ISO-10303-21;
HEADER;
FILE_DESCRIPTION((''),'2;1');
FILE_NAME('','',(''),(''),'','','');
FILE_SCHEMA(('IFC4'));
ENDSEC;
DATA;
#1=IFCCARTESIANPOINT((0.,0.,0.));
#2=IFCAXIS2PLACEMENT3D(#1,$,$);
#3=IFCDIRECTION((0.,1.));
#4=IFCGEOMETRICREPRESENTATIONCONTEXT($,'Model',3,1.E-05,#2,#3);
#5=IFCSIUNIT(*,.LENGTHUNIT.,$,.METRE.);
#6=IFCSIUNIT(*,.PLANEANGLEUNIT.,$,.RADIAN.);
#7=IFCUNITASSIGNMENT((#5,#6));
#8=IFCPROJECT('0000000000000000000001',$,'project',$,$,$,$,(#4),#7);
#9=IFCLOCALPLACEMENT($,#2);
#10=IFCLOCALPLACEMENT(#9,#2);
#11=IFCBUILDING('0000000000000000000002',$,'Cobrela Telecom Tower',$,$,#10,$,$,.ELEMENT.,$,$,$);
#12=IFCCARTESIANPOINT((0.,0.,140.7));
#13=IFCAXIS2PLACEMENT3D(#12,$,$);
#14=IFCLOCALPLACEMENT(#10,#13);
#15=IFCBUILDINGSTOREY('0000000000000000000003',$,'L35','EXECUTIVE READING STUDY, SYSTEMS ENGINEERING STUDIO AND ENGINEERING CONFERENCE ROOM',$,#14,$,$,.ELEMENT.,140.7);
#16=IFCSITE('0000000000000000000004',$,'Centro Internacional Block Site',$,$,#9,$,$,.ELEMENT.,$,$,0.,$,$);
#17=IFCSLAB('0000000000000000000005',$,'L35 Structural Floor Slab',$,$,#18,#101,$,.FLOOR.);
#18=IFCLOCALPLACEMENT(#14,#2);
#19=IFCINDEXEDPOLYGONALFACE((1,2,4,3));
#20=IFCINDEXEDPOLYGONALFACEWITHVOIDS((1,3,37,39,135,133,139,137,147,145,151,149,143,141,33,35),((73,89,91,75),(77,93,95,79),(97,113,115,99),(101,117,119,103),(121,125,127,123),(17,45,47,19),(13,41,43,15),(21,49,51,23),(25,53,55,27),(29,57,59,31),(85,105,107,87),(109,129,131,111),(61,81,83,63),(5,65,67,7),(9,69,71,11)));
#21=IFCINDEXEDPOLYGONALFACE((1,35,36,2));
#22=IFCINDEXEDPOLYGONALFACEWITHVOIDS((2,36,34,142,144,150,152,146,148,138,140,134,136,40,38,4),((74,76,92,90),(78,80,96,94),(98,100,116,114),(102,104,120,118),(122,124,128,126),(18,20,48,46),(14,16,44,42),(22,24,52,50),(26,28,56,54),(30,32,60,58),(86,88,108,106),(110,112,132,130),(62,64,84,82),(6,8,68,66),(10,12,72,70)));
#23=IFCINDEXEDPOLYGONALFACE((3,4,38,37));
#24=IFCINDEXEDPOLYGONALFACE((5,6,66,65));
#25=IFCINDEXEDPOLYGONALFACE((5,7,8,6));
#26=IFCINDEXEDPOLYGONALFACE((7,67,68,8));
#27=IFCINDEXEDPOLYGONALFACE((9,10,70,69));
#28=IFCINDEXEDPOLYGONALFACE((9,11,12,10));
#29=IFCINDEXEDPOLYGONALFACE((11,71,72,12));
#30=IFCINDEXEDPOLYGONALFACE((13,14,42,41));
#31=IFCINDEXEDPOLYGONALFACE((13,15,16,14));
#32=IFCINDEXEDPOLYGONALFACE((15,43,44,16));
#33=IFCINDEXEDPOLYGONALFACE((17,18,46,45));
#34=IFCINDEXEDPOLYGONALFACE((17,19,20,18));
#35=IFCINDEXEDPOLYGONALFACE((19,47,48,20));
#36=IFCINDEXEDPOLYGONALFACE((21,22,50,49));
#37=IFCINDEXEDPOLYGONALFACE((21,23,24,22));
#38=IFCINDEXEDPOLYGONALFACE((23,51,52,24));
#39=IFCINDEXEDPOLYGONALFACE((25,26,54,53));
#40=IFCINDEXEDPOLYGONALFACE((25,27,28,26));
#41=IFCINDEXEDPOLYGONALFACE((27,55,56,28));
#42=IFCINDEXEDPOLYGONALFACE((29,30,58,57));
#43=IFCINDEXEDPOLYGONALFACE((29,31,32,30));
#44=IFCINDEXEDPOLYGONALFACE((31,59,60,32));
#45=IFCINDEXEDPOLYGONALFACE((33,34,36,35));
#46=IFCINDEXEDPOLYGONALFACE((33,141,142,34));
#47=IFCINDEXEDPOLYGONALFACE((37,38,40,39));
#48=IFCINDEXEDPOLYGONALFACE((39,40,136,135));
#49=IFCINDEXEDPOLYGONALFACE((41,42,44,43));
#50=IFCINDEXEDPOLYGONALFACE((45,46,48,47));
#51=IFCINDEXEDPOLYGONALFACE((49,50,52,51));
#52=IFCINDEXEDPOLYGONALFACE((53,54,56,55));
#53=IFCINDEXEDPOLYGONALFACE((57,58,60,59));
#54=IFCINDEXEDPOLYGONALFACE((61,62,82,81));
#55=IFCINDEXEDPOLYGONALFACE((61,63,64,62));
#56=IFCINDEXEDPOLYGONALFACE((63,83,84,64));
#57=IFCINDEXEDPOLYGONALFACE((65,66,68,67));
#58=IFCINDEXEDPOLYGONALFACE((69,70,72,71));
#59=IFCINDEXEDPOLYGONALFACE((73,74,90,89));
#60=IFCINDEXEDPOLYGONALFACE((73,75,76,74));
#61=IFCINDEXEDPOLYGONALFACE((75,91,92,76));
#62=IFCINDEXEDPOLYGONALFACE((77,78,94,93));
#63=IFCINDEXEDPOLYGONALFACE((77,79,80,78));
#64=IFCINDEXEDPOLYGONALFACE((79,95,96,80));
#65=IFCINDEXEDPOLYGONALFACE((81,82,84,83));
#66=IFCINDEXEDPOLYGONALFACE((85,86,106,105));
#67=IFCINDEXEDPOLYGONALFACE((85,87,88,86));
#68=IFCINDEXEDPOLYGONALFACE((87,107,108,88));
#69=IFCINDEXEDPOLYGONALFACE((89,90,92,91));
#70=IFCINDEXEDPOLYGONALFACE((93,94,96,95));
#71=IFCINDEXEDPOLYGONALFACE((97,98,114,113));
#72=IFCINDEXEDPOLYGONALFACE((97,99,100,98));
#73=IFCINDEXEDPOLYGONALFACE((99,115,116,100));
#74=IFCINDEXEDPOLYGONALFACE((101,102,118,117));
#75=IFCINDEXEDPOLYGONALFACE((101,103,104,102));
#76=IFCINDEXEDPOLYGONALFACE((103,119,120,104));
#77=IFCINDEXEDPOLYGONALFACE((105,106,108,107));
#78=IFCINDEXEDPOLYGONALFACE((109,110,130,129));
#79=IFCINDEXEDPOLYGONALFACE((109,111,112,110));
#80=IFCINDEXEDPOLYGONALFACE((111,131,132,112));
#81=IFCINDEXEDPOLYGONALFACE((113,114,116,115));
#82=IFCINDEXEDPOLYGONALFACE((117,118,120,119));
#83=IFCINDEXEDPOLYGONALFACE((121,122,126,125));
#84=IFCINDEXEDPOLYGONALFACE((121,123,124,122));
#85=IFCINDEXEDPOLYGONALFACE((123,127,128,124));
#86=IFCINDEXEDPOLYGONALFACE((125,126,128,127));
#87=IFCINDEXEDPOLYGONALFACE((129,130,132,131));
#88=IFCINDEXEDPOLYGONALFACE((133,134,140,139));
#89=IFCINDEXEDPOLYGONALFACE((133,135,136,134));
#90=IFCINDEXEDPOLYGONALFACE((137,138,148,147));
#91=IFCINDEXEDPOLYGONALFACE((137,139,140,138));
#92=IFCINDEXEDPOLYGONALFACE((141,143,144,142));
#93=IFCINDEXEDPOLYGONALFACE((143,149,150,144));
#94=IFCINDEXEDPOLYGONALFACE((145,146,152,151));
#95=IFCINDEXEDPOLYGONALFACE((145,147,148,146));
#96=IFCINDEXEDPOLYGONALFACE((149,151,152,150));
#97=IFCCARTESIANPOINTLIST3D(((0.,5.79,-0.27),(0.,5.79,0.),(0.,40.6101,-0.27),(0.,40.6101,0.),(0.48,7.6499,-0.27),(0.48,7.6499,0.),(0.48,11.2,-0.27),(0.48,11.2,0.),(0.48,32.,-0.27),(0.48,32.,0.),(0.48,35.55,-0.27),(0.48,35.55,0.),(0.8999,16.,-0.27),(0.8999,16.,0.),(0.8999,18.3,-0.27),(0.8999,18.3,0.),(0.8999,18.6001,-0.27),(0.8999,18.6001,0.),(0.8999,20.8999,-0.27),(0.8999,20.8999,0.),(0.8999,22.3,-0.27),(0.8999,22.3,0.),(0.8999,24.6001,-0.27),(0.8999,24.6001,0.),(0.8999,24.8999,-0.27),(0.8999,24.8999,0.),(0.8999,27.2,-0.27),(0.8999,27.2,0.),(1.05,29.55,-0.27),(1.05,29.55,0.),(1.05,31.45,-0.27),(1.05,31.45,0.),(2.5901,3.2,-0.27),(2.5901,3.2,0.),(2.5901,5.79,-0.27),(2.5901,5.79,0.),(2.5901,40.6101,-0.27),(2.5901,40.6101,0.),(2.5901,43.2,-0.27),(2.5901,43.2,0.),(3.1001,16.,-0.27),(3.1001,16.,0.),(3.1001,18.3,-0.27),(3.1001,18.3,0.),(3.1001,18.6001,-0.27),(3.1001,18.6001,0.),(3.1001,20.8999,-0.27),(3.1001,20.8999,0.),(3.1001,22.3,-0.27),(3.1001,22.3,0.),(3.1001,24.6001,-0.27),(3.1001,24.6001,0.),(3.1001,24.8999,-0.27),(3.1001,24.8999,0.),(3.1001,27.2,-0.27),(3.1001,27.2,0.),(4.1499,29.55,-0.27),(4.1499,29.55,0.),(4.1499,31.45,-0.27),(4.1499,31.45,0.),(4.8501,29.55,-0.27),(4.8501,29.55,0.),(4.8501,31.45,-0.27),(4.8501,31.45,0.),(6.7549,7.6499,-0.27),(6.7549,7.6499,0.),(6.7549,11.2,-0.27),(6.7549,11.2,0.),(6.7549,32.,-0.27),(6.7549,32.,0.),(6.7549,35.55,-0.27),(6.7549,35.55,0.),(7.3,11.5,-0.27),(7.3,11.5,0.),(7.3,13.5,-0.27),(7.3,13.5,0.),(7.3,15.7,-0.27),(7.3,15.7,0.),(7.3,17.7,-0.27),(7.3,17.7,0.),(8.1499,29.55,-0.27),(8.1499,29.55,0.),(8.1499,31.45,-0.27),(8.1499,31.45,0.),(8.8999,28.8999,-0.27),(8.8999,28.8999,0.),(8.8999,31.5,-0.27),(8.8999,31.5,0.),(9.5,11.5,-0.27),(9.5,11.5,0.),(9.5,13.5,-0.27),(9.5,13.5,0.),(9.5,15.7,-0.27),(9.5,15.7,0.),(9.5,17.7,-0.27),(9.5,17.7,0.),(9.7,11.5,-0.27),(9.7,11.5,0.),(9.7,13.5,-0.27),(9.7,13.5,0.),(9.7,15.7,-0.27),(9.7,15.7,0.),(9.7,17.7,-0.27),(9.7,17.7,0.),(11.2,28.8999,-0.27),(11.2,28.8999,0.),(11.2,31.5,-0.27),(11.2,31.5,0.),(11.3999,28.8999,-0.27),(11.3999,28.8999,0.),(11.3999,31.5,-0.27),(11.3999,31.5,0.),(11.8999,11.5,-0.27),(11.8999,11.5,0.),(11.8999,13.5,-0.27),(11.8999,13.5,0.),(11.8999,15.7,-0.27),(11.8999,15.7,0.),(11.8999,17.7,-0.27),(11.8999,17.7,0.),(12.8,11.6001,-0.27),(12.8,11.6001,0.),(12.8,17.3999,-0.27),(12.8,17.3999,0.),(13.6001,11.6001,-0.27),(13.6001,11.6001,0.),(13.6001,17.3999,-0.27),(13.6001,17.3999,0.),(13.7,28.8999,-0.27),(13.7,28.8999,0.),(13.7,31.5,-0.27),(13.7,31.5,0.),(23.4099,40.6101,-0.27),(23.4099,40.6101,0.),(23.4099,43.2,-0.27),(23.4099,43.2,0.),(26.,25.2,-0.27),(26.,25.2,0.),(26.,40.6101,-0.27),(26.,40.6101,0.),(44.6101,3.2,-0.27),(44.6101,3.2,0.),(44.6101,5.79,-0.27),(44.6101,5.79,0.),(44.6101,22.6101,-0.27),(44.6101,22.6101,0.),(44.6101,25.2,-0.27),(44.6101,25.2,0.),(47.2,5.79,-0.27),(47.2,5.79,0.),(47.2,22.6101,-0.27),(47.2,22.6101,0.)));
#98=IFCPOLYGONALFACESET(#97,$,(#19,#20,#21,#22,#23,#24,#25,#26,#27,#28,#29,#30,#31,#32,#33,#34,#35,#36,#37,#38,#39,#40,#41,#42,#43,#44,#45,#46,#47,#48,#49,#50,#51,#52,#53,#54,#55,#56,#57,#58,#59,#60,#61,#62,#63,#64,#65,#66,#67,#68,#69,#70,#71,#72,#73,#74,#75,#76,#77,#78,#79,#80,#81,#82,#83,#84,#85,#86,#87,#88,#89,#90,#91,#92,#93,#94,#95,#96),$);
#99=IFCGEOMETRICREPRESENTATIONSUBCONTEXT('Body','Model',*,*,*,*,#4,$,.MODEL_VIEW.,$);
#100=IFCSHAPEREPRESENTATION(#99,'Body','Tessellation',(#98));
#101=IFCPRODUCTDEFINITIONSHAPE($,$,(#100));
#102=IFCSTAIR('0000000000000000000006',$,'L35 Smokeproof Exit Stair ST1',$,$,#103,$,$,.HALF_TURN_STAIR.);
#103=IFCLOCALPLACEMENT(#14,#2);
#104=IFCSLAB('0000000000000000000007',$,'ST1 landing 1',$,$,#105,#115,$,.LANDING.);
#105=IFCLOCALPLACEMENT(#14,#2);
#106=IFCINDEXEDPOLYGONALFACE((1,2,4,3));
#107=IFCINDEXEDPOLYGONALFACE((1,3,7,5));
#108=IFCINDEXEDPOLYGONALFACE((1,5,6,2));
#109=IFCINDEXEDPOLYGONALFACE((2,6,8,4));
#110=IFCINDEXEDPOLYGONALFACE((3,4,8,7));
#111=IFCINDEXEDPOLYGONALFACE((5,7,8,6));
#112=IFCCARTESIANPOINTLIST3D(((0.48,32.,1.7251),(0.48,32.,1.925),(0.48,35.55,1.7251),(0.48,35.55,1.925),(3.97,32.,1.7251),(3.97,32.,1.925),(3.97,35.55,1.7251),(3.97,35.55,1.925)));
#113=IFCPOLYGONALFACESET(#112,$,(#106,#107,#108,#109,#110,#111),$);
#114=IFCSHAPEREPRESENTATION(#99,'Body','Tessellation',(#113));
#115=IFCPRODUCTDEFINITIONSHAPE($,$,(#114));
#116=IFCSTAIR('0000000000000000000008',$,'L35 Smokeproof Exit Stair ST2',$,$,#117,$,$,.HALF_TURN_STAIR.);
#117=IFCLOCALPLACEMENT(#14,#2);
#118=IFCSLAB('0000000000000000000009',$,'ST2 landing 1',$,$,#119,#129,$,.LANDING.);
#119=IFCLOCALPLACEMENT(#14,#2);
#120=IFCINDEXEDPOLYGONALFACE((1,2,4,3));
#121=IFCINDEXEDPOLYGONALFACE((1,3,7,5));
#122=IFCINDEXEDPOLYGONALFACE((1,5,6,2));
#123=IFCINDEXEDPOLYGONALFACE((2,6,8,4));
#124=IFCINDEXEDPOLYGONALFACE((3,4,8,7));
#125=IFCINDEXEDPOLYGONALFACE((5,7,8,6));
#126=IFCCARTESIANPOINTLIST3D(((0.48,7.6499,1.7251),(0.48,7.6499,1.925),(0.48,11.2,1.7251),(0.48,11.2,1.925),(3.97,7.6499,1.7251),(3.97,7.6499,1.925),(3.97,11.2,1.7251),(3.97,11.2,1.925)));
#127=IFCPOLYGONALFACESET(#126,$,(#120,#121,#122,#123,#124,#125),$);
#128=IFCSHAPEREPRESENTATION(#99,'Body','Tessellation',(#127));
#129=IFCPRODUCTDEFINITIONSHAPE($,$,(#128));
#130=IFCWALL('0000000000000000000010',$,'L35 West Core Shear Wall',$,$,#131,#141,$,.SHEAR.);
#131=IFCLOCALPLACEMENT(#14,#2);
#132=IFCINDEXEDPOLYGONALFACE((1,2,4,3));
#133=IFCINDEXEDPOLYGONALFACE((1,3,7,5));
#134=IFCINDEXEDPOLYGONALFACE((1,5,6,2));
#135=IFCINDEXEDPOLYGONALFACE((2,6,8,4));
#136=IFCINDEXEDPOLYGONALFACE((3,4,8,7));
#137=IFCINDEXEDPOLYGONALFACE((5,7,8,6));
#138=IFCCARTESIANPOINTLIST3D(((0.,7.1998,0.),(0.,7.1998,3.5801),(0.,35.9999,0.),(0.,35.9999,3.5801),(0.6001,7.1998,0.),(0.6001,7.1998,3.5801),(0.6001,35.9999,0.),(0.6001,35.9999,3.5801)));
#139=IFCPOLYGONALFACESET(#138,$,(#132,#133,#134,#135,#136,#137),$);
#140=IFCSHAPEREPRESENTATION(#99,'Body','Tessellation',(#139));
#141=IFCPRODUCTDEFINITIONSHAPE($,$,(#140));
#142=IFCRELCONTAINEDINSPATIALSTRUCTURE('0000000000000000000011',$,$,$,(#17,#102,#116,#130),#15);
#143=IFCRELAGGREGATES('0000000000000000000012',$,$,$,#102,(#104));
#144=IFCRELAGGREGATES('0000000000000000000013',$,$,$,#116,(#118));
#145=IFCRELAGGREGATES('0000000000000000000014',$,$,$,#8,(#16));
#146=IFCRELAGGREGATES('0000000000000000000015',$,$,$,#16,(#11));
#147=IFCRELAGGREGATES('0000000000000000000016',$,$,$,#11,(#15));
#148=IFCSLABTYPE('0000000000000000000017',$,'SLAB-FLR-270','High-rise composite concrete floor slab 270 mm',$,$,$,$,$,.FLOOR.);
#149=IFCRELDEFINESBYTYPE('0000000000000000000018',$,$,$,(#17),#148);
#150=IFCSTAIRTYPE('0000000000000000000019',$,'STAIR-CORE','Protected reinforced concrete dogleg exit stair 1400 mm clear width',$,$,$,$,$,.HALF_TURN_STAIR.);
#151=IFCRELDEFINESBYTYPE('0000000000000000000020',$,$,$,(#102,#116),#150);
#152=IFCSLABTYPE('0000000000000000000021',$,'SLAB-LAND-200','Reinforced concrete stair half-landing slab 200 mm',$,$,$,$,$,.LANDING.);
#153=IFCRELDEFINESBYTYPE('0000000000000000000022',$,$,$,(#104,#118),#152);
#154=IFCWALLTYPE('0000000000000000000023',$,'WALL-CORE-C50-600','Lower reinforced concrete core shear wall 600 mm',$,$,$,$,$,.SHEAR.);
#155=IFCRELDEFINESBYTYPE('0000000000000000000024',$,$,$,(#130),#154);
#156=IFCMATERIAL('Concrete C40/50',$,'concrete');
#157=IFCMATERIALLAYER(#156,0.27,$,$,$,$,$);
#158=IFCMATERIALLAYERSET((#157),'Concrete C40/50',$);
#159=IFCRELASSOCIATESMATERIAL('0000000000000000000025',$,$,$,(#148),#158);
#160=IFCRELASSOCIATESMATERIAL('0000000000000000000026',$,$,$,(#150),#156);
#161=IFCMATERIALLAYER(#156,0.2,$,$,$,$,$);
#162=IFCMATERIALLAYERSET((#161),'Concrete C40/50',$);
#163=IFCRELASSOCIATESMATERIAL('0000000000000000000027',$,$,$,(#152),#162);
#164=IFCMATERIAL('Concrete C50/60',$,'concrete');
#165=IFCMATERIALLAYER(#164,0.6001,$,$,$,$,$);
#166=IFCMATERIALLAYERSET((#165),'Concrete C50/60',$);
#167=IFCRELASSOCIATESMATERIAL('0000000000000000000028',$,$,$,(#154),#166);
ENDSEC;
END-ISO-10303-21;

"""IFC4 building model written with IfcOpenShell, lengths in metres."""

from ifc_helpers import new_model, si_unit, direction, frame, frame_2d, origin, place, context, subcontext, project, spatial, polyline, rectangle, outline, extrude, material, layer, layer_set, type_object, element, aggregate, save


model = new_model("IFC4")

# Units and contexts
model_context = context("Model", 3, precision=1e-05, world=origin(), true_north=direction((0.0, 1.0)))
body_context = subcontext(model_context, "Body", "Model", "MODEL_VIEW")
ifc_project = project(units=[si_unit("LENGTHUNIT", "METRE"), si_unit("PLANEANGLEUNIT", "RADIAN")], contexts=[model_context])

# Site, building, storey
site_placement = place(None, origin())
site = spatial("IfcSite", under=ifc_project, at=site_placement, Name="Centro Internacional Block Site", CompositionType="ELEMENT", RefElevation=0.0)
building_placement = place(site_placement, origin())
building = spatial("IfcBuilding", under=site, at=building_placement, Name="Cobrela Telecom Tower", CompositionType="ELEMENT")
storey_placement = place(building_placement, frame((0.0, 0.0, 140.7)))
storey = spatial("IfcBuildingStorey", under=building, at=storey_placement, Name="L35", Description="EXECUTIVE READING STUDY, SYSTEMS ENGINEERING STUDIO AND ENGINEERING CONFERENCE ROOM", CompositionType="ELEMENT", Elevation=140.7)

# Slab, openings
ifc_material_1 = material(Name="Concrete C40/50", Category="concrete")
ifc_layer_1 = layer(ifc_material_1, 0.27)
ifc_layer_set_1 = layer_set([ifc_layer_1], Name="Concrete C40/50")
slab_type_1 = type_object("IfcSlabType", Name="SLAB-FLR-270", Description="High-rise composite concrete floor slab 270 mm", PredefinedType="FLOOR", material=ifc_layer_set_1)
slab_1_placement = place(storey_placement, frame((0.0, 0.0, -0.27)))
slab_1 = element("IfcSlab", 1, at=slab_1_placement, inside=storey, type_object=slab_type_1, Name="L35 Structural Floor Slab", PredefinedType="FLOOR", context=body_context, shape_type="SweptSolid", body=[
    extrude(outline(polyline([(2.5901, 3.2), (44.6101, 3.2), (44.6101, 5.79), (47.2, 5.79), (47.2, 22.6101), (44.6101, 22.6101), (44.6101, 25.2), (26.0, 25.2), (26.0, 40.6101), (23.4099, 40.6101), (23.4099, 43.2), (2.5901, 43.2), (2.5901, 40.6101), (0.0, 40.6101), (0.0, 5.79), (2.5901, 5.79), (2.5901, 3.2)])), origin(), (0.0, 0.0, 1.0), 0.27),
])
opening_1_placement = place(slab_1_placement, frame((0.0, 0.0, -0.02)))
element("IfcOpeningElement", 2, at=opening_1_placement, cuts=slab_1, PredefinedType="OPENING", context=body_context, shape_type="SweptSolid", body=[
    extrude(outline(polyline([(8.8999, 28.8999), (11.2, 28.8999), (11.2, 31.5), (8.8999, 31.5), (8.8999, 28.8999)])), origin(), (0.0, 0.0, 1.0), 0.3101),
])
opening_2_placement = place(slab_1_placement, frame((0.0, 0.0, -0.02)))
element("IfcOpeningElement", 3, at=opening_2_placement, cuts=slab_1, PredefinedType="OPENING", context=body_context, shape_type="SweptSolid", body=[
    extrude(outline(polyline([(11.3999, 28.8999), (13.7, 28.8999), (13.7, 31.5), (11.3999, 31.5), (11.3999, 28.8999)])), origin(), (0.0, 0.0, 1.0), 0.3101),
])
opening_3_placement = place(slab_1_placement, frame((0.0, 0.0, -0.02)))
element("IfcOpeningElement", 4, at=opening_3_placement, cuts=slab_1, PredefinedType="OPENING", context=body_context, shape_type="SweptSolid", body=[
    extrude(outline(polyline([(7.3, 15.7), (9.5, 15.7), (9.5, 17.7), (7.3, 17.7), (7.3, 15.7)])), origin(), (0.0, 0.0, 1.0), 0.3101),
])
opening_4_placement = place(slab_1_placement, frame((0.0, 0.0, -0.02)))
element("IfcOpeningElement", 5, at=opening_4_placement, cuts=slab_1, PredefinedType="OPENING", context=body_context, shape_type="SweptSolid", body=[
    extrude(outline(polyline([(9.7, 15.7), (11.8999, 15.7), (11.8999, 17.7), (9.7, 17.7), (9.7, 15.7)])), origin(), (0.0, 0.0, 1.0), 0.3101),
])
opening_5_placement = place(slab_1_placement, frame((0.0, 0.0, -0.02)))
element("IfcOpeningElement", 6, at=opening_5_placement, cuts=slab_1, PredefinedType="OPENING", context=body_context, shape_type="SweptSolid", body=[
    extrude(outline(polyline([(7.3, 11.5), (9.5, 11.5), (9.5, 13.5), (7.3, 13.5), (7.3, 11.5)])), origin(), (0.0, 0.0, 1.0), 0.3101),
])
opening_6_placement = place(slab_1_placement, frame((0.0, 0.0, -0.02)))
element("IfcOpeningElement", 7, at=opening_6_placement, cuts=slab_1, PredefinedType="OPENING", context=body_context, shape_type="SweptSolid", body=[
    extrude(outline(polyline([(9.7, 11.5), (11.8999, 11.5), (11.8999, 13.5), (9.7, 13.5), (9.7, 11.5)])), origin(), (0.0, 0.0, 1.0), 0.3101),
])
opening_7_placement = place(slab_1_placement, frame((0.0, 0.0, -0.02)))
element("IfcOpeningElement", 8, at=opening_7_placement, cuts=slab_1, PredefinedType="OPENING", context=body_context, shape_type="SweptSolid", body=[
    extrude(outline(polyline([(0.8999, 16.0), (3.1001, 16.0), (3.1001, 18.3), (0.8999, 18.3), (0.8999, 16.0)])), origin(), (0.0, 0.0, 1.0), 0.3101),
])
opening_8_placement = place(slab_1_placement, frame((0.0, 0.0, -0.02)))
element("IfcOpeningElement", 9, at=opening_8_placement, cuts=slab_1, PredefinedType="OPENING", context=body_context, shape_type="SweptSolid", body=[
    extrude(outline(polyline([(0.8999, 18.6001), (3.1001, 18.6001), (3.1001, 20.8999), (0.8999, 20.8999), (0.8999, 18.6001)])), origin(), (0.0, 0.0, 1.0), 0.3101),
])
opening_9_placement = place(slab_1_placement, frame((0.0, 0.0, -0.02)))
element("IfcOpeningElement", 10, at=opening_9_placement, cuts=slab_1, PredefinedType="OPENING", context=body_context, shape_type="SweptSolid", body=[
    extrude(outline(polyline([(0.8999, 22.3), (3.1001, 22.3), (3.1001, 24.6001), (0.8999, 24.6001), (0.8999, 22.3)])), origin(), (0.0, 0.0, 1.0), 0.3101),
])
opening_10_placement = place(slab_1_placement, frame((0.0, 0.0, -0.02)))
element("IfcOpeningElement", 11, at=opening_10_placement, cuts=slab_1, PredefinedType="OPENING", context=body_context, shape_type="SweptSolid", body=[
    extrude(outline(polyline([(0.8999, 24.8999), (3.1001, 24.8999), (3.1001, 27.2), (0.8999, 27.2), (0.8999, 24.8999)])), origin(), (0.0, 0.0, 1.0), 0.3101),
])
opening_11_placement = place(slab_1_placement, frame((0.0, 0.0, -0.02)))
element("IfcOpeningElement", 12, at=opening_11_placement, cuts=slab_1, PredefinedType="OPENING", context=body_context, shape_type="SweptSolid", body=[
    extrude(outline(polyline([(1.05, 29.55), (4.1499, 29.55), (4.1499, 31.45), (1.05, 31.45), (1.05, 29.55)])), origin(), (0.0, 0.0, 1.0), 0.3101),
])
opening_12_placement = place(slab_1_placement, frame((0.0, 0.0, -0.02)))
element("IfcOpeningElement", 13, at=opening_12_placement, cuts=slab_1, PredefinedType="OPENING", context=body_context, shape_type="SweptSolid", body=[
    extrude(outline(polyline([(4.8501, 29.55), (8.1499, 29.55), (8.1499, 31.45), (4.8501, 31.45), (4.8501, 29.55)])), origin(), (0.0, 0.0, 1.0), 0.3101),
])
opening_13_placement = place(slab_1_placement, frame((0.0, 0.0, -0.02)))
element("IfcOpeningElement", 14, at=opening_13_placement, cuts=slab_1, PredefinedType="OPENING", context=body_context, shape_type="SweptSolid", body=[
    extrude(outline(polyline([(12.8, 11.6001), (13.6001, 11.6001), (13.6001, 17.3999), (12.8, 17.3999), (12.8, 11.6001)])), origin(), (0.0, 0.0, 1.0), 0.3101),
])
opening_14_placement = place(slab_1_placement, frame((0.0, 0.0, -0.02)))
element("IfcOpeningElement", 15, at=opening_14_placement, cuts=slab_1, PredefinedType="OPENING", context=body_context, shape_type="SweptSolid", body=[
    extrude(outline(polyline([(6.7549, 35.55), (0.48, 35.55), (0.48, 32.0), (6.7549, 32.0), (6.7549, 35.55)])), origin(), (0.0, 0.0, 1.0), 0.3101),
])
opening_15_placement = place(slab_1_placement, frame((0.0, 0.0, -0.02)))
element("IfcOpeningElement", 16, at=opening_15_placement, cuts=slab_1, PredefinedType="OPENING", context=body_context, shape_type="SweptSolid", body=[
    extrude(outline(polyline([(6.7549, 11.2), (0.48, 11.2), (0.48, 7.6499), (6.7549, 7.6499), (6.7549, 11.2)])), origin(), (0.0, 0.0, 1.0), 0.3101),
])

# Stairs, slabs
stair_type = type_object("IfcStairType", Name="STAIR-CORE", Description="Protected reinforced concrete dogleg exit stair 1400 mm clear width", PredefinedType="HALF_TURN_STAIR", material=ifc_material_1)
stair_1_placement = place(storey_placement, origin())
stair_1 = element("IfcStair", 17, at=stair_1_placement, inside=storey, type_object=stair_type, Name="L35 Smokeproof Exit Stair ST1", PredefinedType="HALF_TURN_STAIR")
ifc_layer_2 = layer(ifc_material_1, 0.2)
ifc_layer_set_2 = layer_set([ifc_layer_2], Name="Concrete C40/50")
slab_type_2 = type_object("IfcSlabType", Name="SLAB-LAND-200", Description="Reinforced concrete stair half-landing slab 200 mm", PredefinedType="LANDING", material=ifc_layer_set_2)
slab_2_placement = place(storey_placement, frame((0.0, 0.0, 1.7251)))
slab_2 = element("IfcSlab", 18, at=slab_2_placement, type_object=slab_type_2, Name="ST1 landing 1", PredefinedType="LANDING", context=body_context, shape_type="SweptSolid", body=[
    extrude(outline(polyline([(3.97, 35.55), (0.48, 35.55), (0.48, 32.0), (3.97, 32.0), (3.97, 35.55)])), origin(), (0.0, 0.0, 1.0), 0.2),
])
aggregate(stair_1, [slab_2])
stair_2_placement = place(storey_placement, origin())
stair_2 = element("IfcStair", 19, at=stair_2_placement, inside=storey, type_object=stair_type, Name="L35 Smokeproof Exit Stair ST2", PredefinedType="HALF_TURN_STAIR")
slab_3_placement = place(storey_placement, frame((0.0, 0.0, 1.7251)))
slab_3 = element("IfcSlab", 20, at=slab_3_placement, type_object=slab_type_2, Name="ST2 landing 1", PredefinedType="LANDING", context=body_context, shape_type="SweptSolid", body=[
    extrude(outline(polyline([(3.97, 11.2), (0.48, 11.2), (0.48, 7.6499), (3.97, 7.6499), (3.97, 11.2)])), origin(), (0.0, 0.0, 1.0), 0.2),
])
aggregate(stair_2, [slab_3])

# Wall
ifc_material_2 = material(Name="Concrete C50/60", Category="concrete")
ifc_layer_3 = layer(ifc_material_2, 0.6001)
ifc_layer_set_3 = layer_set([ifc_layer_3], Name="Concrete C50/60")
wall_type_1 = type_object("IfcWallType", Name="WALL-CORE-C50-600", Description="Lower reinforced concrete core shear wall 600 mm", PredefinedType="SHEAR", material=ifc_layer_set_3)
wall_1_placement = place(storey_placement, frame((0.3, 7.2, 0.0), z_axis=(0.0, 0.0, 1.0), x_axis=(0.0, 1.0, 0.0)))
element("IfcWall", 21, at=wall_1_placement, inside=storey, type_object=wall_type_1, Name="L35 West Core Shear Wall", PredefinedType="SHEAR", context=body_context, shape_type="SweptSolid", body=[
    extrude(rectangle(XDim=28.8, YDim=0.6001, at=frame_2d((14.3999, 0.0))), origin(), (0.0, 0.0, 1.0), 3.5801),
])

save(model, "model.ifc")
